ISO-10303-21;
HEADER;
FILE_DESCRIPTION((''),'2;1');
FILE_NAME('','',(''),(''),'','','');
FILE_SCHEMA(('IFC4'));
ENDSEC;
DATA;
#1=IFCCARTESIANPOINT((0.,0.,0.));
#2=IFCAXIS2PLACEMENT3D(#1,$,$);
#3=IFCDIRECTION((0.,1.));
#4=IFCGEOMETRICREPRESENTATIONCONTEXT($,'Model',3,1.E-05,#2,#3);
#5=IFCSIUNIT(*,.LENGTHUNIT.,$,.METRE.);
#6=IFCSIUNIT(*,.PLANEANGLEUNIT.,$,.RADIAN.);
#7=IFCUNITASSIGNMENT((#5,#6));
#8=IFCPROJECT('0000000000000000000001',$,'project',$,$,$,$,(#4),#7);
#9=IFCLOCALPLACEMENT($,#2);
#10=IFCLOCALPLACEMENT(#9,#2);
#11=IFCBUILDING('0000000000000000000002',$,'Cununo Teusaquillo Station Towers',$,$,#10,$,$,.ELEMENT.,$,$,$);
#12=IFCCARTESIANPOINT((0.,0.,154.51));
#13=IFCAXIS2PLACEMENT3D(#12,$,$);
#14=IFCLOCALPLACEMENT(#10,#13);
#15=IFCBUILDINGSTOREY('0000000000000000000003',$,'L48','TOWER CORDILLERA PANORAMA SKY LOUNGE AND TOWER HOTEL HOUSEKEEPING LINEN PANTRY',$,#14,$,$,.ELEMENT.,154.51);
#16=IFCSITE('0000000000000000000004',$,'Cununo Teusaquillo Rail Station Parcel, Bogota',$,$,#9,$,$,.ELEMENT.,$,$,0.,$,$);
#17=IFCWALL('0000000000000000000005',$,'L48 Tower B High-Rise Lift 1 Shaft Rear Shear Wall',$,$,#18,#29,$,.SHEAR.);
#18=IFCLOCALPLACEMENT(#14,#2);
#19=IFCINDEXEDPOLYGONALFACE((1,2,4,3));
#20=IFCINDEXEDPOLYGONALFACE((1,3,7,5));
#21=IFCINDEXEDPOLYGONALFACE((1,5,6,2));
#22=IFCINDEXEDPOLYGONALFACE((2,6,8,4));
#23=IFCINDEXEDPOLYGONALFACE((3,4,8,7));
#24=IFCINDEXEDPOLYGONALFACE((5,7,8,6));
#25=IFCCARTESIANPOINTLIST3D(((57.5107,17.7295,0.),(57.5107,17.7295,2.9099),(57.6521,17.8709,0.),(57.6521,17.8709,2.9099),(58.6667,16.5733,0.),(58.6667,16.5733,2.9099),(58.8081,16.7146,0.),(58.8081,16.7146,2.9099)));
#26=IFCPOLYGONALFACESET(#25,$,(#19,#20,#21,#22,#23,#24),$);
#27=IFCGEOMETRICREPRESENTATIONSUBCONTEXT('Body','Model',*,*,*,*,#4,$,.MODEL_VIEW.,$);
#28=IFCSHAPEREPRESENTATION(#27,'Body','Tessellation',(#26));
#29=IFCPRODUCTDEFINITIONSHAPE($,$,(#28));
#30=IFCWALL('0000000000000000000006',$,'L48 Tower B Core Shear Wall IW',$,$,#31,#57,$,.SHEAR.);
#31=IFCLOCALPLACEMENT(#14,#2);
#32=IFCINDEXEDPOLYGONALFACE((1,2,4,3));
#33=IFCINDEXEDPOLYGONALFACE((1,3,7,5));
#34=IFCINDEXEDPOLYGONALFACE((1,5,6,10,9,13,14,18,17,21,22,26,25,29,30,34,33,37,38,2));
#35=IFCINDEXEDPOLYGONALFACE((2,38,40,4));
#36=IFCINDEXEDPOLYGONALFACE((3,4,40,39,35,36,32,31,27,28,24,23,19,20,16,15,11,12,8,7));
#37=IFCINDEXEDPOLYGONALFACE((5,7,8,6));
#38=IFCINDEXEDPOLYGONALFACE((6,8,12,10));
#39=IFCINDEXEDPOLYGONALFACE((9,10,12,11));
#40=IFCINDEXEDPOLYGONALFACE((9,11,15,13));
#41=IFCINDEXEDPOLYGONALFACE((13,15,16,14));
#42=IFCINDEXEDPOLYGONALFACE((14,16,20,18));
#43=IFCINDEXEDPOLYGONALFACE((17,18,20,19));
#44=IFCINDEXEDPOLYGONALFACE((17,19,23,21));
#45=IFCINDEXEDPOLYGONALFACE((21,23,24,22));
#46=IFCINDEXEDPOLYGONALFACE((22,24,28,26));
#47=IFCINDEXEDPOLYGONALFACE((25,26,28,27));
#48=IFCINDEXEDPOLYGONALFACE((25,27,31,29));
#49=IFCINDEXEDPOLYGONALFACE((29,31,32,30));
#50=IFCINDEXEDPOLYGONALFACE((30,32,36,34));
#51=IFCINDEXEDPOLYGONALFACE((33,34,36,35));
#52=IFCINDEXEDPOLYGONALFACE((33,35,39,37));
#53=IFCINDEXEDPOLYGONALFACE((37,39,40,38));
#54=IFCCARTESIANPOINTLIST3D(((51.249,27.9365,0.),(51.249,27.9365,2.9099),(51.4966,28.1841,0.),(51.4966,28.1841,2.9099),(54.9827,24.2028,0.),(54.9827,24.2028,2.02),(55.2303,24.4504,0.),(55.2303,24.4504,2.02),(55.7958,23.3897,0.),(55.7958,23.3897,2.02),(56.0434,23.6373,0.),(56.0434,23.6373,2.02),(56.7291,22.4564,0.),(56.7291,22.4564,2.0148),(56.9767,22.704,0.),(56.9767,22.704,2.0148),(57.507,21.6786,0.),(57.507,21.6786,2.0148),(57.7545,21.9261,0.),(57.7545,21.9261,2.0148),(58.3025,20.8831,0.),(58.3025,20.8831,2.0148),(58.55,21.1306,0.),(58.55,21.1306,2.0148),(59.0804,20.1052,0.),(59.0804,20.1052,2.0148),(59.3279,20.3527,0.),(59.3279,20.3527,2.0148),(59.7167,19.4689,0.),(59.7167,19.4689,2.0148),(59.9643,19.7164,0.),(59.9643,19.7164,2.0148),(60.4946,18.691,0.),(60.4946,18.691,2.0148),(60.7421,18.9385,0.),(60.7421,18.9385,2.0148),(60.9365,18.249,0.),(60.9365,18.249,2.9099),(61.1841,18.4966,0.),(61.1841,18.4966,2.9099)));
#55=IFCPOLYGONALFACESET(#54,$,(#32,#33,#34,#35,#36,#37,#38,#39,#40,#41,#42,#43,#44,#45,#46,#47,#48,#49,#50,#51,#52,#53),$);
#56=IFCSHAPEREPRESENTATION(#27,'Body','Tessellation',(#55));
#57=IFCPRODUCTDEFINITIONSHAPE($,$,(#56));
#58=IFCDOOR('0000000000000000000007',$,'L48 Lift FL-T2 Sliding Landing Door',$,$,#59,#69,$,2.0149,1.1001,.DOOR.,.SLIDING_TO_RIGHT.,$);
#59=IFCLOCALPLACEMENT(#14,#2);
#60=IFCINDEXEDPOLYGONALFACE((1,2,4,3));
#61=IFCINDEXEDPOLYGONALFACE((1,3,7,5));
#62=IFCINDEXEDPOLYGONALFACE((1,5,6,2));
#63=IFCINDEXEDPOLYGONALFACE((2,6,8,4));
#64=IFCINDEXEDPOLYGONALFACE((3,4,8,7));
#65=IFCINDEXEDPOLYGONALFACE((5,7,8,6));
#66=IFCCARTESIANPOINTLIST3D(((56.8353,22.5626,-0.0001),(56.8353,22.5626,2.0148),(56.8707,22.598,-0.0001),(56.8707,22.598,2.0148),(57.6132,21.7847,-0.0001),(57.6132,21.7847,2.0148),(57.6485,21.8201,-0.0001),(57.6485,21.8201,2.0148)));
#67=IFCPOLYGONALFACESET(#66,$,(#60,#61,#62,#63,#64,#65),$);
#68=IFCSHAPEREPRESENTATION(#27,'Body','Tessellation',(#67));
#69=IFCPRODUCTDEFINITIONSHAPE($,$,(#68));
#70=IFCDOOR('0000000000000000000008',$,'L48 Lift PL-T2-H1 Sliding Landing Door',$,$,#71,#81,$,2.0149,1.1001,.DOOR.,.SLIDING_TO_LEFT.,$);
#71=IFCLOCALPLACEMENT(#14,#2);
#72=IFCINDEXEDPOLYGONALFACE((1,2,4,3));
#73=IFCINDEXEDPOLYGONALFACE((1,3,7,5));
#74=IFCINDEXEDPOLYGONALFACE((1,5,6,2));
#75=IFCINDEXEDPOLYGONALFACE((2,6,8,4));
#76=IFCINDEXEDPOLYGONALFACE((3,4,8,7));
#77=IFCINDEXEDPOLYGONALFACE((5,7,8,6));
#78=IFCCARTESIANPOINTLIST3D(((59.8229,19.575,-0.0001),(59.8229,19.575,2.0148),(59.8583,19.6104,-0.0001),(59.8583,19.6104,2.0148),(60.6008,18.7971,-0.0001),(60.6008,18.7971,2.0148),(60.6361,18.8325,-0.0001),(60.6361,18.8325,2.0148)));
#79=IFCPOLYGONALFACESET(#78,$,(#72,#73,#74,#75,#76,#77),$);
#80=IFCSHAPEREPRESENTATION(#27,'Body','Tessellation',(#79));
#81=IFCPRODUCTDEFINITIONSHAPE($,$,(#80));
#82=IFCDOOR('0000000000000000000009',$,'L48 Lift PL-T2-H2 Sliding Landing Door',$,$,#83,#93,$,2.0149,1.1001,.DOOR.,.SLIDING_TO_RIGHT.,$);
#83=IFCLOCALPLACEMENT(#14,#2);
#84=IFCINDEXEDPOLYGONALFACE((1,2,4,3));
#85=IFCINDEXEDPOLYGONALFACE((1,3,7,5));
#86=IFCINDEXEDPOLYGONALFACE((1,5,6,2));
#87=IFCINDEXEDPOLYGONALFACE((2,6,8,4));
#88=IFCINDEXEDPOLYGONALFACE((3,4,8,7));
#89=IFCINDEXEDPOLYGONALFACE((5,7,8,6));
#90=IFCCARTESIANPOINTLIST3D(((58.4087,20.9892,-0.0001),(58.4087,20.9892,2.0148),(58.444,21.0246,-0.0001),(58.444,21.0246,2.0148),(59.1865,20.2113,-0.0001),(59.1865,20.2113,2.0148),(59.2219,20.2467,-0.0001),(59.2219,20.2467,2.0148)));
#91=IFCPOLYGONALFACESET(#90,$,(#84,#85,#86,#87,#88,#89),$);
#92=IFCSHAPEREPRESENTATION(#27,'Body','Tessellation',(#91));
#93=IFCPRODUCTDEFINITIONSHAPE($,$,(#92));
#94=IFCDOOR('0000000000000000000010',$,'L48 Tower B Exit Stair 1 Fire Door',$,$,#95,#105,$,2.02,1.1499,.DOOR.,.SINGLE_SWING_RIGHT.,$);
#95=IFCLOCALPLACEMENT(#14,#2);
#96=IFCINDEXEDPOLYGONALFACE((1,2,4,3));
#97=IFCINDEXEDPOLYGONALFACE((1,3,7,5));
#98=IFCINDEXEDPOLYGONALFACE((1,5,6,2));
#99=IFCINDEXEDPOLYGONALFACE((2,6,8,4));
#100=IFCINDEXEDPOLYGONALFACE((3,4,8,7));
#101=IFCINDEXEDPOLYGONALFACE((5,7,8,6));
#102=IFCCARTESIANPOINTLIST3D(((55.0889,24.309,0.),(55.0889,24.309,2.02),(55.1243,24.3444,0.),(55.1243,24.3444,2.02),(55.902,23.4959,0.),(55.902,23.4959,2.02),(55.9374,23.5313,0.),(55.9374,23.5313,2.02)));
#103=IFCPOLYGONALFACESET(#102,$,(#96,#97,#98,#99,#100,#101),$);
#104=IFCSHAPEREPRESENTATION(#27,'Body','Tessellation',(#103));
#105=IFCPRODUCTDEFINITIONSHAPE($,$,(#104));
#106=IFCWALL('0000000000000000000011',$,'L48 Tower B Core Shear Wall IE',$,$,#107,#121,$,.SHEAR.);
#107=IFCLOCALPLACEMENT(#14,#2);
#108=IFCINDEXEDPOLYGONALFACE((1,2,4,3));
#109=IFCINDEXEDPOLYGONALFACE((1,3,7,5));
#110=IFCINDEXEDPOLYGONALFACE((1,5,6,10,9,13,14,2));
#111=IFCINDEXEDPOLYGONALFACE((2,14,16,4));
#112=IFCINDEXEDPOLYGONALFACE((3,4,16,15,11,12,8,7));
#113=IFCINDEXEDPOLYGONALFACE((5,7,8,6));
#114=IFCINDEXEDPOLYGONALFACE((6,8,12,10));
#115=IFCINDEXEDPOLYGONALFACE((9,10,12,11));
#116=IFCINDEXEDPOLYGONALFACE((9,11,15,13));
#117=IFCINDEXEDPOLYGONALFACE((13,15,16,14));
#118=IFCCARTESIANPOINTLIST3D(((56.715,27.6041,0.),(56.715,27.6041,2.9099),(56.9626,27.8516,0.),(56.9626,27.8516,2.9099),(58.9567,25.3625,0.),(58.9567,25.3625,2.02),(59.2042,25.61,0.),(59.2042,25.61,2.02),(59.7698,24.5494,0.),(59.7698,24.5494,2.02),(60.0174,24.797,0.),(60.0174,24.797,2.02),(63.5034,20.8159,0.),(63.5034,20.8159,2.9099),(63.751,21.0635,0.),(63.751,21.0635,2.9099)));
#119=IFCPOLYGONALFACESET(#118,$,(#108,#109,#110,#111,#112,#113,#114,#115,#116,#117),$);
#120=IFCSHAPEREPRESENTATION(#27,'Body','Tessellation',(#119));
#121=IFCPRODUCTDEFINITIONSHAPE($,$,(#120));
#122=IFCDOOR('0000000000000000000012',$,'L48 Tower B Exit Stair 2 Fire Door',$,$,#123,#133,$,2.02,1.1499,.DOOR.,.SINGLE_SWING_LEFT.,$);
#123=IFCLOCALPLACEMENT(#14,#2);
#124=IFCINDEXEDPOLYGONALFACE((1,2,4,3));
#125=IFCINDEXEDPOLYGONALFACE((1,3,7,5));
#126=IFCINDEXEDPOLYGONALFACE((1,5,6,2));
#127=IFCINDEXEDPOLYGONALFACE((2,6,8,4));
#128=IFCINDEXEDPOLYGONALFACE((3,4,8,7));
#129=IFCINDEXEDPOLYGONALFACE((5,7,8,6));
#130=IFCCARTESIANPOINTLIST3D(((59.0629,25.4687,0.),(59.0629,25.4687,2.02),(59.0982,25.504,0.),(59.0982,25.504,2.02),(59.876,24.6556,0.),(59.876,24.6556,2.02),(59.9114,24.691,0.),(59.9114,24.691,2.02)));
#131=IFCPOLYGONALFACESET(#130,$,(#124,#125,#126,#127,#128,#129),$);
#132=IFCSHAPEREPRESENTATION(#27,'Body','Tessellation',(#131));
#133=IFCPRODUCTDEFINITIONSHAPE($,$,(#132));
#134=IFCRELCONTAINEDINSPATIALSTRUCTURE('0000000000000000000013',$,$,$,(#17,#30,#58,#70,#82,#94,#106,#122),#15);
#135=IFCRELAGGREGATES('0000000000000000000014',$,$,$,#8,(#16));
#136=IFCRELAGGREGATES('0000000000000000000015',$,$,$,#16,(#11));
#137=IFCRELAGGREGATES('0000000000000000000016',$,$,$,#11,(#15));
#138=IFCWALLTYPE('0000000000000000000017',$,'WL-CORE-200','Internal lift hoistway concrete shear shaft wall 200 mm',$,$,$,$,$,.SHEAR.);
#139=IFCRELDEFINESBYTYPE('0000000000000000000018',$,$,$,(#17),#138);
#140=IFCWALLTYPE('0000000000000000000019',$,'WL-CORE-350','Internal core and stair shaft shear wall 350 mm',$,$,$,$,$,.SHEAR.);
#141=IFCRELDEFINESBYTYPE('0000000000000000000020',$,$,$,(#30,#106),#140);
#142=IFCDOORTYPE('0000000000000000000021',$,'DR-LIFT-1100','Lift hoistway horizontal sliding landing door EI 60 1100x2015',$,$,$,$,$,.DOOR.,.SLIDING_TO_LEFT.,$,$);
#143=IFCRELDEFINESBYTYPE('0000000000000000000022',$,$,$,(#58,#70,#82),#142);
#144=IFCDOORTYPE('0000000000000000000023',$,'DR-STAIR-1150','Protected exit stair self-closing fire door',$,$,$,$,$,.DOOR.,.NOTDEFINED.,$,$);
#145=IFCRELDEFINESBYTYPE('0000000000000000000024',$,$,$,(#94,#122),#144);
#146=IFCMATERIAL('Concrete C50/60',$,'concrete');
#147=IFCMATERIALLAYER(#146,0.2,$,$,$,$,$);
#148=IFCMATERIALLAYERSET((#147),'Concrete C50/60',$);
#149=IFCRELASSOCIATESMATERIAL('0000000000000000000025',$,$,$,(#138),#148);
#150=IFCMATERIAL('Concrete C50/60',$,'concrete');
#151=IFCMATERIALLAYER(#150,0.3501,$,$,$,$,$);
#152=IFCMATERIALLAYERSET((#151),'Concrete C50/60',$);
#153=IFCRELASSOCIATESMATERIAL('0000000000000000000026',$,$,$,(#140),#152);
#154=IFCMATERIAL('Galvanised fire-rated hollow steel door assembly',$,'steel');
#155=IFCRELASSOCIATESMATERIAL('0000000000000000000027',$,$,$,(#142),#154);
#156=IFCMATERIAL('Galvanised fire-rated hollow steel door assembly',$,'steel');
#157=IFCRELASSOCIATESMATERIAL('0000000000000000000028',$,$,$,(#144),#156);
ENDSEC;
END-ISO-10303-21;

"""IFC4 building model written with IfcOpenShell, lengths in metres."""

from ifc_helpers import new_model, si_unit, direction, frame, frame_2d, origin, place, context, subcontext, project, spatial, rectangle, extrude, source, transform, mapped, material, layer, layer_set, type_object, element, fill, save


model = new_model("IFC4")

# Units and contexts
model_context = context("Model", 3, precision=1e-05, world=origin(), true_north=direction((0.0, 1.0)))
body_context = subcontext(model_context, "Body", "Model", "MODEL_VIEW")
ifc_project = project(units=[si_unit("LENGTHUNIT", "METRE"), si_unit("PLANEANGLEUNIT", "RADIAN")], contexts=[model_context])

# Site, building, storey
site_placement = place(None, origin())
site = spatial("IfcSite", under=ifc_project, at=site_placement, Name="Cununo Teusaquillo Rail Station Parcel, Bogota", CompositionType="ELEMENT", RefElevation=0.0)
building_placement = place(site_placement, origin())
building = spatial("IfcBuilding", under=site, at=building_placement, Name="Cununo Teusaquillo Station Towers", CompositionType="ELEMENT")
storey_placement = place(building_placement, frame((0.0, 0.0, 154.51)))
storey = spatial("IfcBuildingStorey", under=building, at=storey_placement, Name="L48", Description="TOWER CORDILLERA PANORAMA SKY LOUNGE AND TOWER HOTEL HOUSEKEEPING LINEN PANTRY", CompositionType="ELEMENT", Elevation=154.51)

# Wall
ifc_material_1 = material(Name="Concrete C50/60", Category="concrete")
ifc_layer_1 = layer(ifc_material_1, 0.2)
ifc_layer_set_1 = layer_set([ifc_layer_1], Name="Concrete C50/60")
wall_type_1 = type_object("IfcWallType", Name="WL-CORE-200", Description="Internal lift hoistway concrete shear shaft wall 200 mm", PredefinedType="SHEAR", material=ifc_layer_set_1)
wall_1_placement = place(storey_placement, frame((58.7373, 16.644, 0.0), z_axis=(0.0, 0.0, 1.0), x_axis=(-0.707032, 0.707181, 0.0)))
element("IfcWall", 1, at=wall_1_placement, inside=storey, type_object=wall_type_1, Name="L48 Tower B High-Rise Lift 1 Shaft Rear Shear Wall", PredefinedType="SHEAR", context=body_context, shape_type="SweptSolid", body=[
    extrude(rectangle(XDim=1.635, YDim=0.2, at=frame_2d((0.8174, 0.0))), origin(), (0.0, 0.0, 1.0), 2.9099),
])

# Wall, openings, doors
ifc_material_2 = material(Name="Concrete C50/60", Category="concrete")
ifc_layer_2 = layer(ifc_material_2, 0.3501)
ifc_layer_set_2 = layer_set([ifc_layer_2], Name="Concrete C50/60")
wall_type_2 = type_object("IfcWallType", Name="WL-CORE-350", Description="Internal core and stair shaft shear wall 350 mm", PredefinedType="SHEAR", material=ifc_layer_set_2)
wall_2_placement = place(storey_placement, frame((61.0603, 18.3728, 0.0), z_axis=(0.0, 0.0, 1.0), x_axis=(-0.707107, 0.707107, 0.0)))
wall_2 = element("IfcWall", 2, at=wall_2_placement, inside=storey, type_object=wall_type_2, Name="L48 Tower B Core Shear Wall IW", PredefinedType="SHEAR", context=body_context, shape_type="SweptSolid", body=[
    extrude(rectangle(XDim=13.7002, YDim=0.3501, at=frame_2d((6.8501, 0.0))), origin(), (0.0, 0.0, 1.0), 2.9099),
])
shared_shape_1 = source(origin(), body_context, "Body", "SweptSolid", [
    extrude(rectangle(XDim=1.1001, YDim=2.0149, at=frame_2d((0.55, 1.0073))), frame((0.0, 0.1851, 0.0), z_axis=(0.0, -1.0, 0.0), x_axis=(1.0, 0.0, 0.0)), (0.0, 0.0, 1.0), 0.3701),
])
opening_1_placement = place(wall_2_placement, frame((4.8501, 0.0, 0.0)))
opening_1 = element("IfcOpeningElement", 3, at=opening_1_placement, cuts=wall_2, PredefinedType="OPENING", context=body_context, shape_type="MappedRepresentation", body=[
    mapped(shared_shape_1, transform((0.0, 0.0, 0.0), x_axis=(1.0, 0.0, 0.0), y_axis=(0.0, 1.0, 0.0), z_axis=(0.0, 0.0, 1.0), scale=1.0)),
])
opening_2_placement = place(wall_2_placement, frame((0.625, 0.0, 0.0)))
opening_2 = element("IfcOpeningElement", 4, at=opening_2_placement, cuts=wall_2, PredefinedType="OPENING", context=body_context, shape_type="MappedRepresentation", body=[
    mapped(shared_shape_1, transform((0.0, 0.0, 0.0), x_axis=(1.0, 0.0, 0.0), y_axis=(0.0, 1.0, 0.0), z_axis=(0.0, 0.0, 1.0), scale=1.0)),
])
opening_3_placement = place(wall_2_placement, frame((2.625, 0.0, 0.0)))
opening_3 = element("IfcOpeningElement", 5, at=opening_3_placement, cuts=wall_2, PredefinedType="OPENING", context=body_context, shape_type="MappedRepresentation", body=[
    mapped(shared_shape_1, transform((0.0, 0.0, 0.0), x_axis=(1.0, 0.0, 0.0), y_axis=(0.0, 1.0, 0.0), z_axis=(0.0, 0.0, 1.0), scale=1.0)),
])
shared_shape_2 = source(origin(), body_context, "Body", "SweptSolid", [
    extrude(rectangle(XDim=1.1499, YDim=2.02, at=frame_2d((0.575, 1.01))), frame((0.0, 0.1851, 0.0), z_axis=(0.0, -1.0, 0.0), x_axis=(1.0, 0.0, 0.0)), (0.0, 0.0, 1.0), 0.3701),
])
opening_4_placement = place(wall_2_placement, frame((7.27, 0.0, 0.0)))
opening_4 = element("IfcOpeningElement", 6, at=opening_4_placement, cuts=wall_2, PredefinedType="OPENING", context=body_context, shape_type="MappedRepresentation", body=[
    mapped(shared_shape_2, transform((0.0, 0.0, 0.0), x_axis=(1.0, 0.0, 0.0), y_axis=(0.0, 1.0, 0.0), z_axis=(0.0, 0.0, 1.0), scale=1.0)),
])
ifc_material_3 = material(Name="Galvanised fire-rated hollow steel door assembly", Category="steel")
door_type_1 = type_object("IfcDoorType", Name="DR-LIFT-1100", Description="Lift hoistway horizontal sliding landing door EI 60 1100x2015", OperationType="SLIDING_TO_LEFT", PredefinedType="DOOR", material=ifc_material_3)
shared_shape_3 = source(origin(), body_context, "Body", "SweptSolid", [
    extrude(rectangle(XDim=1.1001, YDim=2.0149, at=frame_2d((0.55, 1.0073))), frame((0.0, 0.0249, 0.0), z_axis=(0.0, -1.0, 0.0), x_axis=(1.0, 0.0, 0.0)), (0.0, 0.0, 1.0), 0.05),
])
door_1_placement = place(opening_1_placement, origin())
door_1 = element("IfcDoor", 7, at=door_1_placement, inside=storey, type_object=door_type_1, Name="L48 Lift FL-T2 Sliding Landing Door", OperationType="SLIDING_TO_RIGHT", OverallHeight=2.0149, OverallWidth=1.1001, PredefinedType="DOOR", context=body_context, shape_type="MappedRepresentation", body=[
    mapped(shared_shape_3, transform((0.0, 0.0, 0.0), x_axis=(1.0, 0.0, 0.0), y_axis=(0.0, 1.0, 0.0), z_axis=(0.0, 0.0, 1.0), scale=1.0)),
])
fill(opening_1, door_1)
door_2_placement = place(opening_2_placement, origin())
door_2 = element("IfcDoor", 8, at=door_2_placement, inside=storey, type_object=door_type_1, Name="L48 Lift PL-T2-H1 Sliding Landing Door", OperationType="SLIDING_TO_LEFT", OverallHeight=2.0149, OverallWidth=1.1001, PredefinedType="DOOR", context=body_context, shape_type="MappedRepresentation", body=[
    mapped(shared_shape_3, transform((0.0, 0.0, 0.0), x_axis=(1.0, 0.0, 0.0), y_axis=(0.0, 1.0, 0.0), z_axis=(0.0, 0.0, 1.0), scale=1.0)),
])
fill(opening_2, door_2)
door_3_placement = place(opening_3_placement, origin())
door_3 = element("IfcDoor", 9, at=door_3_placement, inside=storey, type_object=door_type_1, Name="L48 Lift PL-T2-H2 Sliding Landing Door", OperationType="SLIDING_TO_RIGHT", OverallHeight=2.0149, OverallWidth=1.1001, PredefinedType="DOOR", context=body_context, shape_type="MappedRepresentation", body=[
    mapped(shared_shape_3, transform((0.0, 0.0, 0.0), x_axis=(1.0, 0.0, 0.0), y_axis=(0.0, 1.0, 0.0), z_axis=(0.0, 0.0, 1.0), scale=1.0)),
])
fill(opening_3, door_3)
ifc_material_4 = material(Name="Galvanised fire-rated hollow steel door assembly", Category="steel")
door_type_2 = type_object("IfcDoorType", Name="DR-STAIR-1150", Description="Protected exit stair self-closing fire door", OperationType="NOTDEFINED", PredefinedType="DOOR", material=ifc_material_4)
shared_shape_4 = source(origin(), body_context, "Body", "SweptSolid", [
    extrude(rectangle(XDim=1.1499, YDim=2.02, at=frame_2d((0.575, 1.01))), frame((0.0, 0.0249, 0.0), z_axis=(0.0, -1.0, 0.0), x_axis=(1.0, 0.0, 0.0)), (0.0, 0.0, 1.0), 0.05),
])
door_4_placement = place(opening_4_placement, origin())
door_4 = element("IfcDoor", 10, at=door_4_placement, inside=storey, type_object=door_type_2, Name="L48 Tower B Exit Stair 1 Fire Door", OperationType="SINGLE_SWING_RIGHT", OverallHeight=2.02, OverallWidth=1.1499, PredefinedType="DOOR", context=body_context, shape_type="MappedRepresentation", body=[
    mapped(shared_shape_4, transform((0.0, 0.0, 0.0), x_axis=(1.0, 0.0, 0.0), y_axis=(0.0, 1.0, 0.0), z_axis=(0.0, 0.0, 1.0), scale=1.0)),
])
fill(opening_4, door_4)

# Wall, opening, door
wall_3_placement = place(storey_placement, frame((63.6272, 20.9397, 0.0), z_axis=(0.0, 0.0, 1.0), x_axis=(-0.707119, 0.707094, 0.0)))
wall_3 = element("IfcWall", 11, at=wall_3_placement, inside=storey, type_object=wall_type_2, Name="L48 Tower B Core Shear Wall IE", PredefinedType="SHEAR", context=body_context, shape_type="SweptSolid", body=[
    extrude(rectangle(XDim=9.6001, YDim=0.3501, at=frame_2d((4.8, 0.0))), origin(), (0.0, 0.0, 1.0), 2.9099),
])
opening_5_placement = place(wall_3_placement, frame((5.28, 0.0, 0.0)))
opening_5 = element("IfcOpeningElement", 12, at=opening_5_placement, cuts=wall_3, PredefinedType="OPENING", context=body_context, shape_type="MappedRepresentation", body=[
    mapped(shared_shape_2, transform((0.0, 0.0, 0.0), x_axis=(1.0, 0.0, 0.0), y_axis=(0.0, 1.0, 0.0), z_axis=(0.0, 0.0, 1.0), scale=1.0)),
])
door_5_placement = place(opening_5_placement, origin())
door_5 = element("IfcDoor", 13, at=door_5_placement, inside=storey, type_object=door_type_2, Name="L48 Tower B Exit Stair 2 Fire Door", OperationType="SINGLE_SWING_LEFT", OverallHeight=2.02, OverallWidth=1.1499, PredefinedType="DOOR", context=body_context, shape_type="MappedRepresentation", body=[
    mapped(shared_shape_4, transform((0.0, 0.0, 0.0), x_axis=(1.0, 0.0, 0.0), y_axis=(0.0, 1.0, 0.0), z_axis=(0.0, 0.0, 1.0), scale=1.0)),
])
fill(opening_5, door_5)

save(model, "model.ifc")
